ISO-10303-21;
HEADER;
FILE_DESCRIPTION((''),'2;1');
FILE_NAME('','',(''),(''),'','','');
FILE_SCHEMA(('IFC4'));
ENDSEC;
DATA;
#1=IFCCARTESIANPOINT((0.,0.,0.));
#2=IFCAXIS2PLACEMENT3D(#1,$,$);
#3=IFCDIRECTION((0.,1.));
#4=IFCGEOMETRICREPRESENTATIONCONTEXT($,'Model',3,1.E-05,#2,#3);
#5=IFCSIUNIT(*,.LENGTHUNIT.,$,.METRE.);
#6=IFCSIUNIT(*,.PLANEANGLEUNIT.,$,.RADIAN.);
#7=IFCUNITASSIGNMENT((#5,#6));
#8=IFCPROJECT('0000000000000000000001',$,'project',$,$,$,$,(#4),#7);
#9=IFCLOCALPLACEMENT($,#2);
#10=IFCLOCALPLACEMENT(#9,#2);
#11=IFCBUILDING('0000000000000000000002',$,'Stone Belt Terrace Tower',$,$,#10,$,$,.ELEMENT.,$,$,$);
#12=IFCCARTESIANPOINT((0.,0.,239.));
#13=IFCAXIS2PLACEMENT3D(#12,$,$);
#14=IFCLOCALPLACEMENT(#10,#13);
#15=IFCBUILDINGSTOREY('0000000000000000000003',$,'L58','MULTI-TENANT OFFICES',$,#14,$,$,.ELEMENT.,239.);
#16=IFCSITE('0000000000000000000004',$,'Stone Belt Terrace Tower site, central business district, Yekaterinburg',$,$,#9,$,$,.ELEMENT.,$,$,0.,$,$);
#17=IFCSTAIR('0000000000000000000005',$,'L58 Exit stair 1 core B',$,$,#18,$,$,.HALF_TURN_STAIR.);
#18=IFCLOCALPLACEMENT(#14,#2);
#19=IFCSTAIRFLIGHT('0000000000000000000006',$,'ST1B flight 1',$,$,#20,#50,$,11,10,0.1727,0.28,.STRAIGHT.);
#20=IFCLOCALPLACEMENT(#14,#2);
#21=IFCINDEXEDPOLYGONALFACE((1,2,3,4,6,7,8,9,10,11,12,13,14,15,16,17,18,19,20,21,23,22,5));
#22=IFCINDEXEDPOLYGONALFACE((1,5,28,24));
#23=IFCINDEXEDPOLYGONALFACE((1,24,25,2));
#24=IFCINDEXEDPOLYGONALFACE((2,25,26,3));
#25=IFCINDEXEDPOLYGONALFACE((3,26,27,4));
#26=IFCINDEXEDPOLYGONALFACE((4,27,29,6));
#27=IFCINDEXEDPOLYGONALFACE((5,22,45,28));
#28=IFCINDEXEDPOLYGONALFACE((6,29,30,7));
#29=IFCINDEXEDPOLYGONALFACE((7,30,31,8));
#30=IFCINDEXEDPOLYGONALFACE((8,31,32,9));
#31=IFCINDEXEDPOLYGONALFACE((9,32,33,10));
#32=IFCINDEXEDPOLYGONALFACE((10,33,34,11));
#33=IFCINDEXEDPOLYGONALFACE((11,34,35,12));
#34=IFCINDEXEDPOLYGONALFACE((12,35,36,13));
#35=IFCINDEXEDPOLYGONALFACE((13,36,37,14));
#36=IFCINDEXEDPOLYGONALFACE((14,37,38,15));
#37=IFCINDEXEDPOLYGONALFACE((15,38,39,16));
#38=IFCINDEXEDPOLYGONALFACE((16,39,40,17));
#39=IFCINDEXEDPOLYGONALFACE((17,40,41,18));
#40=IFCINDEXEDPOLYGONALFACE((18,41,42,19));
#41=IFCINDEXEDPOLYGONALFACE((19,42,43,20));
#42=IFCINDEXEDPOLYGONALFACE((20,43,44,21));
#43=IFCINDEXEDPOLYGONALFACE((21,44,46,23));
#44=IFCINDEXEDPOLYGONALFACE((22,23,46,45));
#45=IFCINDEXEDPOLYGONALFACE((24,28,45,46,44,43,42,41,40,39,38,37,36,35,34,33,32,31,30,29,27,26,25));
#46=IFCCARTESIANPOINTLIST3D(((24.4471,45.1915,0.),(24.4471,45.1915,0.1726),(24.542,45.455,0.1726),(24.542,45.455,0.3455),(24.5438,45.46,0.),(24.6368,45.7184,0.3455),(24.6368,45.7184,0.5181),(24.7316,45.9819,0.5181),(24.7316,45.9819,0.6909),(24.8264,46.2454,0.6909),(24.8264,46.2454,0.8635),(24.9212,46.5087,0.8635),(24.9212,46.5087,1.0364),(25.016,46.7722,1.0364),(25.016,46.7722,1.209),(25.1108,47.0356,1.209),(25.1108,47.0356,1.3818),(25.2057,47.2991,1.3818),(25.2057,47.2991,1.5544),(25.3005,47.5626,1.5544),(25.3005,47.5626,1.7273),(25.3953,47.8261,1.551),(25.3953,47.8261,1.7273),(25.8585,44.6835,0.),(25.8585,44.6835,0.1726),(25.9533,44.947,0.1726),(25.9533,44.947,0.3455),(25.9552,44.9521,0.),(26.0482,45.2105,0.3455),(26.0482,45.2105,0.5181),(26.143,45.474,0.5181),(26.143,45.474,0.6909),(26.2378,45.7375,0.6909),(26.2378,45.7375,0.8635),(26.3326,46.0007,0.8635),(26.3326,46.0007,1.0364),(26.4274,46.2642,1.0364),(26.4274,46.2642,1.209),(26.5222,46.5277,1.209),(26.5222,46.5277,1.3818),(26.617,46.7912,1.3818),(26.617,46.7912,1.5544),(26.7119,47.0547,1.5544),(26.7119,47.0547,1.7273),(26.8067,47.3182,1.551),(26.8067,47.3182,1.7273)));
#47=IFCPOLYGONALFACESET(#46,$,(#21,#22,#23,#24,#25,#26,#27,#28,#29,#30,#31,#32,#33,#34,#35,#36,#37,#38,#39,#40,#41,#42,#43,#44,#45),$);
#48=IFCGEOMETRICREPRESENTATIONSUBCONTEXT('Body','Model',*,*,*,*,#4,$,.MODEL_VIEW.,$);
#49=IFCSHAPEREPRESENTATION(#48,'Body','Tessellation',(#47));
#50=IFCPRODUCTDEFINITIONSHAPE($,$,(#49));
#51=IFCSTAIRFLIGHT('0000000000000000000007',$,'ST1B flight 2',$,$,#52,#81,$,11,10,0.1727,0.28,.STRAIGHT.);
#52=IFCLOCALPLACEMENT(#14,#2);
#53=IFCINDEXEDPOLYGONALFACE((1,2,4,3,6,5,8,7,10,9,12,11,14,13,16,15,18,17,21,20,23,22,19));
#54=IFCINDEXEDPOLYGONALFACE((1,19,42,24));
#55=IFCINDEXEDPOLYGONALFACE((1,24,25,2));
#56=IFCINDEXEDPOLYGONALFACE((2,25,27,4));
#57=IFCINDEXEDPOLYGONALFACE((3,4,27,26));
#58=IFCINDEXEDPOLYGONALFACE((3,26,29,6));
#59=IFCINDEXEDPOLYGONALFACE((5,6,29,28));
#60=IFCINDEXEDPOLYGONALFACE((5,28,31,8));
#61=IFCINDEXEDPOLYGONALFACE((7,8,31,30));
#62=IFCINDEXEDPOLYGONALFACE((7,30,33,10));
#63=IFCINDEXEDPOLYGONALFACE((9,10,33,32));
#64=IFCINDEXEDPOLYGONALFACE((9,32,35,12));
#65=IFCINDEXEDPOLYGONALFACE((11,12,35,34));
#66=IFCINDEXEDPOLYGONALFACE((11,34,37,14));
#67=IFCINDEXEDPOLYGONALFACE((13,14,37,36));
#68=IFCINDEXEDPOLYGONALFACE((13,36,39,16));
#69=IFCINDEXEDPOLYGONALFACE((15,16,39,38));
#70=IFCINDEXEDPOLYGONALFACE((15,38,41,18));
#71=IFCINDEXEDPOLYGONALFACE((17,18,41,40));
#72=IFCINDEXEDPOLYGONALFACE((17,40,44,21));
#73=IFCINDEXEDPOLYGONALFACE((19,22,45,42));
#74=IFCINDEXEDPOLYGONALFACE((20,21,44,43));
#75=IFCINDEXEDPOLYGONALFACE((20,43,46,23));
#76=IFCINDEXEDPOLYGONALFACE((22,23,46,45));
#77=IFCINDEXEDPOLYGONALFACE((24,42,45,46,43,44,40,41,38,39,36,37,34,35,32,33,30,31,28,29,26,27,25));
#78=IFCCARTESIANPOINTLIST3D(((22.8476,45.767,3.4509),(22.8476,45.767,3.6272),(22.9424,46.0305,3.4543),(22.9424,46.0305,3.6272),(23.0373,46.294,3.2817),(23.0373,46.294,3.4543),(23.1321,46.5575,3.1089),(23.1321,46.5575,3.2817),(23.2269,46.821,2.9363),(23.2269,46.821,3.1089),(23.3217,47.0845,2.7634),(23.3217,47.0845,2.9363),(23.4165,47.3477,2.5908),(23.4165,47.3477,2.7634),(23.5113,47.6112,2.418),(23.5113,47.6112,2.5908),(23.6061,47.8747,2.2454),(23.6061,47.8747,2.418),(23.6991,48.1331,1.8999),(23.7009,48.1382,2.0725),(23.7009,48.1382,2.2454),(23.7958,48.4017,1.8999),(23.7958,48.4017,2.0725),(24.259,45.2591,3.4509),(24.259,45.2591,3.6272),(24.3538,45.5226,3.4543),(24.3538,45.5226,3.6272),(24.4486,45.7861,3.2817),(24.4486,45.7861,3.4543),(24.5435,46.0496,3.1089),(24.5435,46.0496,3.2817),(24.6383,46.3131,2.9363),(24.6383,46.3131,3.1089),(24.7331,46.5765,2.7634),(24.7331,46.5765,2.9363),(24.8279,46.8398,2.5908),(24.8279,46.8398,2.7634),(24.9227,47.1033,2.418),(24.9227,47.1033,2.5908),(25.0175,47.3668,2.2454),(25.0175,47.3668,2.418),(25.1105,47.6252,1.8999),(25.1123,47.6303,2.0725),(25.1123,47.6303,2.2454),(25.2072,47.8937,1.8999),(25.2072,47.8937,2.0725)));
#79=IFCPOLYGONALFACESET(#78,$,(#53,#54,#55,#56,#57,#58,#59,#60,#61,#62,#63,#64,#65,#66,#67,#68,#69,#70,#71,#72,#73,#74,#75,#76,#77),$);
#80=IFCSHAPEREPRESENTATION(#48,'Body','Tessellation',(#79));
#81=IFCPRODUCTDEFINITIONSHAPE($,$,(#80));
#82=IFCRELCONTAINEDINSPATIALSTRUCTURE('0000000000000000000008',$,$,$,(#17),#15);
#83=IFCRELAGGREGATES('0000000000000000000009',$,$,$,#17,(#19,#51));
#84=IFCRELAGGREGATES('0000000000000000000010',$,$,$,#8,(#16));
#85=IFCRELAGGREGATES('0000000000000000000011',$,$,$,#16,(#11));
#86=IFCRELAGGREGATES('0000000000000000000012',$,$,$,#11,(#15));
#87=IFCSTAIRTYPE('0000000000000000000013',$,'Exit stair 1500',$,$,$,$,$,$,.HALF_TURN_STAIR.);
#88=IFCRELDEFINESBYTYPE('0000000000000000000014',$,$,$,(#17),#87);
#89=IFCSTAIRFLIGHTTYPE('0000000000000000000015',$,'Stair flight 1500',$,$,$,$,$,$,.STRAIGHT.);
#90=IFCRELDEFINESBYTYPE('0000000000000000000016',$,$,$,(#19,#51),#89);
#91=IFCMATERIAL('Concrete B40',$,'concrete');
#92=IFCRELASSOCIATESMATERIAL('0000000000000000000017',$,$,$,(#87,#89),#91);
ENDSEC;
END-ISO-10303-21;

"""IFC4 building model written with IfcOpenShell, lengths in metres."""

from ifc_helpers import new_model, si_unit, direction, frame, origin, place, context, subcontext, project, spatial, polyline, outline, extrude, material, type_object, element, aggregate, save


model = new_model("IFC4")

# Units and contexts
model_context = context("Model", 3, precision=1e-05, world=origin(), true_north=direction((0.0, 1.0)))
body_context = subcontext(model_context, "Body", "Model", "MODEL_VIEW")
ifc_project = project(units=[si_unit("LENGTHUNIT", "METRE"), si_unit("PLANEANGLEUNIT", "RADIAN")], contexts=[model_context])

# Site, building, storey
site_placement = place(None, origin())
site = spatial("IfcSite", under=ifc_project, at=site_placement, Name="Stone Belt Terrace Tower site, central business district, Yekaterinburg", CompositionType="ELEMENT", RefElevation=0.0)
building_placement = place(site_placement, origin())
building = spatial("IfcBuilding", under=site, at=building_placement, Name="Stone Belt Terrace Tower", CompositionType="ELEMENT")
storey_placement = place(building_placement, frame((0.0, 0.0, 239.0)))
storey = spatial("IfcBuildingStorey", under=building, at=storey_placement, Name="L58", Description="MULTI-TENANT OFFICES", CompositionType="ELEMENT", Elevation=239.0)

# Stair, stair flights
ifc_material_1 = material(Name="Concrete B40", Category="concrete")
stair_type = type_object("IfcStairType", Name="Exit stair 1500", PredefinedType="HALF_TURN_STAIR", material=ifc_material_1)
stair_placement = place(storey_placement, origin())
stair = element("IfcStair", 1, at=stair_placement, inside=storey, type_object=stair_type, Name="L58 Exit stair 1 core B", PredefinedType="HALF_TURN_STAIR")
stair_flight_type = type_object("IfcStairFlightType", Name="Stair flight 1500", PredefinedType="STRAIGHT", material=ifc_material_1)
stair_flight_1_placement = place(storey_placement, frame((25.1528, 44.9375, 0.0), z_axis=(0.0, 0.0, 1.0), x_axis=(0.338624, 0.940922, 0.0)))
stair_flight_1 = element("IfcStairFlight", 2, at=stair_flight_1_placement, type_object=stair_flight_type, Name="ST1B flight 1", NumberOfRisers=11, NumberOfTreads=10, PredefinedType="STRAIGHT", RiserHeight=0.1727, TreadLength=0.28, context=body_context, shape_type="SweptSolid", body=[
    extrude(outline(polyline([(0.0, 0.0), (0.0, 0.1726), (0.28, 0.1726), (0.28, 0.3455), (0.5601, 0.3455), (0.5601, 0.5181), (0.8401, 0.5181), (0.8401, 0.6909), (1.1201, 0.6909), (1.1201, 0.8635), (1.3999, 0.8635), (1.3999, 1.0364), (1.6799, 1.0364), (1.6799, 1.209), (1.96, 1.209), (1.96, 1.3818), (2.24, 1.3818), (2.24, 1.5544), (2.52, 1.5544), (2.52, 1.7273), (2.8, 1.7273), (2.8, 1.8999), (2.8, 1.551), (0.2854, 0.0), (0.0, 0.0)])), frame((0.0, 0.75, 0.0), z_axis=(0.0, -1.0, 0.0), x_axis=(1.0, 0.0, 0.0)), (0.0, 0.0, 1.0), 1.5),
])
stair_flight_2_placement = place(storey_placement, frame((24.5015, 48.1477, 1.8999), z_axis=(0.0, 0.0, 1.0), x_axis=(-0.338624, -0.940922, 0.0)))
stair_flight_2 = element("IfcStairFlight", 3, at=stair_flight_2_placement, type_object=stair_flight_type, Name="ST1B flight 2", NumberOfRisers=11, NumberOfTreads=10, PredefinedType="STRAIGHT", RiserHeight=0.1727, TreadLength=0.28, context=body_context, shape_type="SweptSolid", body=[
    extrude(outline(polyline([(0.0, 0.0), (0.0, 0.1726), (0.28, 0.1726), (0.28, 0.3455), (0.5601, 0.3455), (0.5601, 0.5181), (0.8401, 0.5181), (0.8401, 0.6909), (1.1201, 0.6909), (1.1201, 0.8635), (1.3999, 0.8635), (1.3999, 1.0364), (1.6799, 1.0364), (1.6799, 1.209), (1.96, 1.209), (1.96, 1.3818), (2.24, 1.3818), (2.24, 1.5544), (2.52, 1.5544), (2.52, 1.7273), (2.8, 1.7273), (2.8, 1.8999), (2.8, 1.551), (0.2854, 0.0), (0.0, 0.0)])), frame((0.0, 0.75, 0.0), z_axis=(0.0, -1.0, 0.0), x_axis=(1.0, 0.0, 0.0)), (0.0, 0.0, 1.0), 1.5),
])
aggregate(stair, [stair_flight_1, stair_flight_2])

save(model, "model.ifc")
